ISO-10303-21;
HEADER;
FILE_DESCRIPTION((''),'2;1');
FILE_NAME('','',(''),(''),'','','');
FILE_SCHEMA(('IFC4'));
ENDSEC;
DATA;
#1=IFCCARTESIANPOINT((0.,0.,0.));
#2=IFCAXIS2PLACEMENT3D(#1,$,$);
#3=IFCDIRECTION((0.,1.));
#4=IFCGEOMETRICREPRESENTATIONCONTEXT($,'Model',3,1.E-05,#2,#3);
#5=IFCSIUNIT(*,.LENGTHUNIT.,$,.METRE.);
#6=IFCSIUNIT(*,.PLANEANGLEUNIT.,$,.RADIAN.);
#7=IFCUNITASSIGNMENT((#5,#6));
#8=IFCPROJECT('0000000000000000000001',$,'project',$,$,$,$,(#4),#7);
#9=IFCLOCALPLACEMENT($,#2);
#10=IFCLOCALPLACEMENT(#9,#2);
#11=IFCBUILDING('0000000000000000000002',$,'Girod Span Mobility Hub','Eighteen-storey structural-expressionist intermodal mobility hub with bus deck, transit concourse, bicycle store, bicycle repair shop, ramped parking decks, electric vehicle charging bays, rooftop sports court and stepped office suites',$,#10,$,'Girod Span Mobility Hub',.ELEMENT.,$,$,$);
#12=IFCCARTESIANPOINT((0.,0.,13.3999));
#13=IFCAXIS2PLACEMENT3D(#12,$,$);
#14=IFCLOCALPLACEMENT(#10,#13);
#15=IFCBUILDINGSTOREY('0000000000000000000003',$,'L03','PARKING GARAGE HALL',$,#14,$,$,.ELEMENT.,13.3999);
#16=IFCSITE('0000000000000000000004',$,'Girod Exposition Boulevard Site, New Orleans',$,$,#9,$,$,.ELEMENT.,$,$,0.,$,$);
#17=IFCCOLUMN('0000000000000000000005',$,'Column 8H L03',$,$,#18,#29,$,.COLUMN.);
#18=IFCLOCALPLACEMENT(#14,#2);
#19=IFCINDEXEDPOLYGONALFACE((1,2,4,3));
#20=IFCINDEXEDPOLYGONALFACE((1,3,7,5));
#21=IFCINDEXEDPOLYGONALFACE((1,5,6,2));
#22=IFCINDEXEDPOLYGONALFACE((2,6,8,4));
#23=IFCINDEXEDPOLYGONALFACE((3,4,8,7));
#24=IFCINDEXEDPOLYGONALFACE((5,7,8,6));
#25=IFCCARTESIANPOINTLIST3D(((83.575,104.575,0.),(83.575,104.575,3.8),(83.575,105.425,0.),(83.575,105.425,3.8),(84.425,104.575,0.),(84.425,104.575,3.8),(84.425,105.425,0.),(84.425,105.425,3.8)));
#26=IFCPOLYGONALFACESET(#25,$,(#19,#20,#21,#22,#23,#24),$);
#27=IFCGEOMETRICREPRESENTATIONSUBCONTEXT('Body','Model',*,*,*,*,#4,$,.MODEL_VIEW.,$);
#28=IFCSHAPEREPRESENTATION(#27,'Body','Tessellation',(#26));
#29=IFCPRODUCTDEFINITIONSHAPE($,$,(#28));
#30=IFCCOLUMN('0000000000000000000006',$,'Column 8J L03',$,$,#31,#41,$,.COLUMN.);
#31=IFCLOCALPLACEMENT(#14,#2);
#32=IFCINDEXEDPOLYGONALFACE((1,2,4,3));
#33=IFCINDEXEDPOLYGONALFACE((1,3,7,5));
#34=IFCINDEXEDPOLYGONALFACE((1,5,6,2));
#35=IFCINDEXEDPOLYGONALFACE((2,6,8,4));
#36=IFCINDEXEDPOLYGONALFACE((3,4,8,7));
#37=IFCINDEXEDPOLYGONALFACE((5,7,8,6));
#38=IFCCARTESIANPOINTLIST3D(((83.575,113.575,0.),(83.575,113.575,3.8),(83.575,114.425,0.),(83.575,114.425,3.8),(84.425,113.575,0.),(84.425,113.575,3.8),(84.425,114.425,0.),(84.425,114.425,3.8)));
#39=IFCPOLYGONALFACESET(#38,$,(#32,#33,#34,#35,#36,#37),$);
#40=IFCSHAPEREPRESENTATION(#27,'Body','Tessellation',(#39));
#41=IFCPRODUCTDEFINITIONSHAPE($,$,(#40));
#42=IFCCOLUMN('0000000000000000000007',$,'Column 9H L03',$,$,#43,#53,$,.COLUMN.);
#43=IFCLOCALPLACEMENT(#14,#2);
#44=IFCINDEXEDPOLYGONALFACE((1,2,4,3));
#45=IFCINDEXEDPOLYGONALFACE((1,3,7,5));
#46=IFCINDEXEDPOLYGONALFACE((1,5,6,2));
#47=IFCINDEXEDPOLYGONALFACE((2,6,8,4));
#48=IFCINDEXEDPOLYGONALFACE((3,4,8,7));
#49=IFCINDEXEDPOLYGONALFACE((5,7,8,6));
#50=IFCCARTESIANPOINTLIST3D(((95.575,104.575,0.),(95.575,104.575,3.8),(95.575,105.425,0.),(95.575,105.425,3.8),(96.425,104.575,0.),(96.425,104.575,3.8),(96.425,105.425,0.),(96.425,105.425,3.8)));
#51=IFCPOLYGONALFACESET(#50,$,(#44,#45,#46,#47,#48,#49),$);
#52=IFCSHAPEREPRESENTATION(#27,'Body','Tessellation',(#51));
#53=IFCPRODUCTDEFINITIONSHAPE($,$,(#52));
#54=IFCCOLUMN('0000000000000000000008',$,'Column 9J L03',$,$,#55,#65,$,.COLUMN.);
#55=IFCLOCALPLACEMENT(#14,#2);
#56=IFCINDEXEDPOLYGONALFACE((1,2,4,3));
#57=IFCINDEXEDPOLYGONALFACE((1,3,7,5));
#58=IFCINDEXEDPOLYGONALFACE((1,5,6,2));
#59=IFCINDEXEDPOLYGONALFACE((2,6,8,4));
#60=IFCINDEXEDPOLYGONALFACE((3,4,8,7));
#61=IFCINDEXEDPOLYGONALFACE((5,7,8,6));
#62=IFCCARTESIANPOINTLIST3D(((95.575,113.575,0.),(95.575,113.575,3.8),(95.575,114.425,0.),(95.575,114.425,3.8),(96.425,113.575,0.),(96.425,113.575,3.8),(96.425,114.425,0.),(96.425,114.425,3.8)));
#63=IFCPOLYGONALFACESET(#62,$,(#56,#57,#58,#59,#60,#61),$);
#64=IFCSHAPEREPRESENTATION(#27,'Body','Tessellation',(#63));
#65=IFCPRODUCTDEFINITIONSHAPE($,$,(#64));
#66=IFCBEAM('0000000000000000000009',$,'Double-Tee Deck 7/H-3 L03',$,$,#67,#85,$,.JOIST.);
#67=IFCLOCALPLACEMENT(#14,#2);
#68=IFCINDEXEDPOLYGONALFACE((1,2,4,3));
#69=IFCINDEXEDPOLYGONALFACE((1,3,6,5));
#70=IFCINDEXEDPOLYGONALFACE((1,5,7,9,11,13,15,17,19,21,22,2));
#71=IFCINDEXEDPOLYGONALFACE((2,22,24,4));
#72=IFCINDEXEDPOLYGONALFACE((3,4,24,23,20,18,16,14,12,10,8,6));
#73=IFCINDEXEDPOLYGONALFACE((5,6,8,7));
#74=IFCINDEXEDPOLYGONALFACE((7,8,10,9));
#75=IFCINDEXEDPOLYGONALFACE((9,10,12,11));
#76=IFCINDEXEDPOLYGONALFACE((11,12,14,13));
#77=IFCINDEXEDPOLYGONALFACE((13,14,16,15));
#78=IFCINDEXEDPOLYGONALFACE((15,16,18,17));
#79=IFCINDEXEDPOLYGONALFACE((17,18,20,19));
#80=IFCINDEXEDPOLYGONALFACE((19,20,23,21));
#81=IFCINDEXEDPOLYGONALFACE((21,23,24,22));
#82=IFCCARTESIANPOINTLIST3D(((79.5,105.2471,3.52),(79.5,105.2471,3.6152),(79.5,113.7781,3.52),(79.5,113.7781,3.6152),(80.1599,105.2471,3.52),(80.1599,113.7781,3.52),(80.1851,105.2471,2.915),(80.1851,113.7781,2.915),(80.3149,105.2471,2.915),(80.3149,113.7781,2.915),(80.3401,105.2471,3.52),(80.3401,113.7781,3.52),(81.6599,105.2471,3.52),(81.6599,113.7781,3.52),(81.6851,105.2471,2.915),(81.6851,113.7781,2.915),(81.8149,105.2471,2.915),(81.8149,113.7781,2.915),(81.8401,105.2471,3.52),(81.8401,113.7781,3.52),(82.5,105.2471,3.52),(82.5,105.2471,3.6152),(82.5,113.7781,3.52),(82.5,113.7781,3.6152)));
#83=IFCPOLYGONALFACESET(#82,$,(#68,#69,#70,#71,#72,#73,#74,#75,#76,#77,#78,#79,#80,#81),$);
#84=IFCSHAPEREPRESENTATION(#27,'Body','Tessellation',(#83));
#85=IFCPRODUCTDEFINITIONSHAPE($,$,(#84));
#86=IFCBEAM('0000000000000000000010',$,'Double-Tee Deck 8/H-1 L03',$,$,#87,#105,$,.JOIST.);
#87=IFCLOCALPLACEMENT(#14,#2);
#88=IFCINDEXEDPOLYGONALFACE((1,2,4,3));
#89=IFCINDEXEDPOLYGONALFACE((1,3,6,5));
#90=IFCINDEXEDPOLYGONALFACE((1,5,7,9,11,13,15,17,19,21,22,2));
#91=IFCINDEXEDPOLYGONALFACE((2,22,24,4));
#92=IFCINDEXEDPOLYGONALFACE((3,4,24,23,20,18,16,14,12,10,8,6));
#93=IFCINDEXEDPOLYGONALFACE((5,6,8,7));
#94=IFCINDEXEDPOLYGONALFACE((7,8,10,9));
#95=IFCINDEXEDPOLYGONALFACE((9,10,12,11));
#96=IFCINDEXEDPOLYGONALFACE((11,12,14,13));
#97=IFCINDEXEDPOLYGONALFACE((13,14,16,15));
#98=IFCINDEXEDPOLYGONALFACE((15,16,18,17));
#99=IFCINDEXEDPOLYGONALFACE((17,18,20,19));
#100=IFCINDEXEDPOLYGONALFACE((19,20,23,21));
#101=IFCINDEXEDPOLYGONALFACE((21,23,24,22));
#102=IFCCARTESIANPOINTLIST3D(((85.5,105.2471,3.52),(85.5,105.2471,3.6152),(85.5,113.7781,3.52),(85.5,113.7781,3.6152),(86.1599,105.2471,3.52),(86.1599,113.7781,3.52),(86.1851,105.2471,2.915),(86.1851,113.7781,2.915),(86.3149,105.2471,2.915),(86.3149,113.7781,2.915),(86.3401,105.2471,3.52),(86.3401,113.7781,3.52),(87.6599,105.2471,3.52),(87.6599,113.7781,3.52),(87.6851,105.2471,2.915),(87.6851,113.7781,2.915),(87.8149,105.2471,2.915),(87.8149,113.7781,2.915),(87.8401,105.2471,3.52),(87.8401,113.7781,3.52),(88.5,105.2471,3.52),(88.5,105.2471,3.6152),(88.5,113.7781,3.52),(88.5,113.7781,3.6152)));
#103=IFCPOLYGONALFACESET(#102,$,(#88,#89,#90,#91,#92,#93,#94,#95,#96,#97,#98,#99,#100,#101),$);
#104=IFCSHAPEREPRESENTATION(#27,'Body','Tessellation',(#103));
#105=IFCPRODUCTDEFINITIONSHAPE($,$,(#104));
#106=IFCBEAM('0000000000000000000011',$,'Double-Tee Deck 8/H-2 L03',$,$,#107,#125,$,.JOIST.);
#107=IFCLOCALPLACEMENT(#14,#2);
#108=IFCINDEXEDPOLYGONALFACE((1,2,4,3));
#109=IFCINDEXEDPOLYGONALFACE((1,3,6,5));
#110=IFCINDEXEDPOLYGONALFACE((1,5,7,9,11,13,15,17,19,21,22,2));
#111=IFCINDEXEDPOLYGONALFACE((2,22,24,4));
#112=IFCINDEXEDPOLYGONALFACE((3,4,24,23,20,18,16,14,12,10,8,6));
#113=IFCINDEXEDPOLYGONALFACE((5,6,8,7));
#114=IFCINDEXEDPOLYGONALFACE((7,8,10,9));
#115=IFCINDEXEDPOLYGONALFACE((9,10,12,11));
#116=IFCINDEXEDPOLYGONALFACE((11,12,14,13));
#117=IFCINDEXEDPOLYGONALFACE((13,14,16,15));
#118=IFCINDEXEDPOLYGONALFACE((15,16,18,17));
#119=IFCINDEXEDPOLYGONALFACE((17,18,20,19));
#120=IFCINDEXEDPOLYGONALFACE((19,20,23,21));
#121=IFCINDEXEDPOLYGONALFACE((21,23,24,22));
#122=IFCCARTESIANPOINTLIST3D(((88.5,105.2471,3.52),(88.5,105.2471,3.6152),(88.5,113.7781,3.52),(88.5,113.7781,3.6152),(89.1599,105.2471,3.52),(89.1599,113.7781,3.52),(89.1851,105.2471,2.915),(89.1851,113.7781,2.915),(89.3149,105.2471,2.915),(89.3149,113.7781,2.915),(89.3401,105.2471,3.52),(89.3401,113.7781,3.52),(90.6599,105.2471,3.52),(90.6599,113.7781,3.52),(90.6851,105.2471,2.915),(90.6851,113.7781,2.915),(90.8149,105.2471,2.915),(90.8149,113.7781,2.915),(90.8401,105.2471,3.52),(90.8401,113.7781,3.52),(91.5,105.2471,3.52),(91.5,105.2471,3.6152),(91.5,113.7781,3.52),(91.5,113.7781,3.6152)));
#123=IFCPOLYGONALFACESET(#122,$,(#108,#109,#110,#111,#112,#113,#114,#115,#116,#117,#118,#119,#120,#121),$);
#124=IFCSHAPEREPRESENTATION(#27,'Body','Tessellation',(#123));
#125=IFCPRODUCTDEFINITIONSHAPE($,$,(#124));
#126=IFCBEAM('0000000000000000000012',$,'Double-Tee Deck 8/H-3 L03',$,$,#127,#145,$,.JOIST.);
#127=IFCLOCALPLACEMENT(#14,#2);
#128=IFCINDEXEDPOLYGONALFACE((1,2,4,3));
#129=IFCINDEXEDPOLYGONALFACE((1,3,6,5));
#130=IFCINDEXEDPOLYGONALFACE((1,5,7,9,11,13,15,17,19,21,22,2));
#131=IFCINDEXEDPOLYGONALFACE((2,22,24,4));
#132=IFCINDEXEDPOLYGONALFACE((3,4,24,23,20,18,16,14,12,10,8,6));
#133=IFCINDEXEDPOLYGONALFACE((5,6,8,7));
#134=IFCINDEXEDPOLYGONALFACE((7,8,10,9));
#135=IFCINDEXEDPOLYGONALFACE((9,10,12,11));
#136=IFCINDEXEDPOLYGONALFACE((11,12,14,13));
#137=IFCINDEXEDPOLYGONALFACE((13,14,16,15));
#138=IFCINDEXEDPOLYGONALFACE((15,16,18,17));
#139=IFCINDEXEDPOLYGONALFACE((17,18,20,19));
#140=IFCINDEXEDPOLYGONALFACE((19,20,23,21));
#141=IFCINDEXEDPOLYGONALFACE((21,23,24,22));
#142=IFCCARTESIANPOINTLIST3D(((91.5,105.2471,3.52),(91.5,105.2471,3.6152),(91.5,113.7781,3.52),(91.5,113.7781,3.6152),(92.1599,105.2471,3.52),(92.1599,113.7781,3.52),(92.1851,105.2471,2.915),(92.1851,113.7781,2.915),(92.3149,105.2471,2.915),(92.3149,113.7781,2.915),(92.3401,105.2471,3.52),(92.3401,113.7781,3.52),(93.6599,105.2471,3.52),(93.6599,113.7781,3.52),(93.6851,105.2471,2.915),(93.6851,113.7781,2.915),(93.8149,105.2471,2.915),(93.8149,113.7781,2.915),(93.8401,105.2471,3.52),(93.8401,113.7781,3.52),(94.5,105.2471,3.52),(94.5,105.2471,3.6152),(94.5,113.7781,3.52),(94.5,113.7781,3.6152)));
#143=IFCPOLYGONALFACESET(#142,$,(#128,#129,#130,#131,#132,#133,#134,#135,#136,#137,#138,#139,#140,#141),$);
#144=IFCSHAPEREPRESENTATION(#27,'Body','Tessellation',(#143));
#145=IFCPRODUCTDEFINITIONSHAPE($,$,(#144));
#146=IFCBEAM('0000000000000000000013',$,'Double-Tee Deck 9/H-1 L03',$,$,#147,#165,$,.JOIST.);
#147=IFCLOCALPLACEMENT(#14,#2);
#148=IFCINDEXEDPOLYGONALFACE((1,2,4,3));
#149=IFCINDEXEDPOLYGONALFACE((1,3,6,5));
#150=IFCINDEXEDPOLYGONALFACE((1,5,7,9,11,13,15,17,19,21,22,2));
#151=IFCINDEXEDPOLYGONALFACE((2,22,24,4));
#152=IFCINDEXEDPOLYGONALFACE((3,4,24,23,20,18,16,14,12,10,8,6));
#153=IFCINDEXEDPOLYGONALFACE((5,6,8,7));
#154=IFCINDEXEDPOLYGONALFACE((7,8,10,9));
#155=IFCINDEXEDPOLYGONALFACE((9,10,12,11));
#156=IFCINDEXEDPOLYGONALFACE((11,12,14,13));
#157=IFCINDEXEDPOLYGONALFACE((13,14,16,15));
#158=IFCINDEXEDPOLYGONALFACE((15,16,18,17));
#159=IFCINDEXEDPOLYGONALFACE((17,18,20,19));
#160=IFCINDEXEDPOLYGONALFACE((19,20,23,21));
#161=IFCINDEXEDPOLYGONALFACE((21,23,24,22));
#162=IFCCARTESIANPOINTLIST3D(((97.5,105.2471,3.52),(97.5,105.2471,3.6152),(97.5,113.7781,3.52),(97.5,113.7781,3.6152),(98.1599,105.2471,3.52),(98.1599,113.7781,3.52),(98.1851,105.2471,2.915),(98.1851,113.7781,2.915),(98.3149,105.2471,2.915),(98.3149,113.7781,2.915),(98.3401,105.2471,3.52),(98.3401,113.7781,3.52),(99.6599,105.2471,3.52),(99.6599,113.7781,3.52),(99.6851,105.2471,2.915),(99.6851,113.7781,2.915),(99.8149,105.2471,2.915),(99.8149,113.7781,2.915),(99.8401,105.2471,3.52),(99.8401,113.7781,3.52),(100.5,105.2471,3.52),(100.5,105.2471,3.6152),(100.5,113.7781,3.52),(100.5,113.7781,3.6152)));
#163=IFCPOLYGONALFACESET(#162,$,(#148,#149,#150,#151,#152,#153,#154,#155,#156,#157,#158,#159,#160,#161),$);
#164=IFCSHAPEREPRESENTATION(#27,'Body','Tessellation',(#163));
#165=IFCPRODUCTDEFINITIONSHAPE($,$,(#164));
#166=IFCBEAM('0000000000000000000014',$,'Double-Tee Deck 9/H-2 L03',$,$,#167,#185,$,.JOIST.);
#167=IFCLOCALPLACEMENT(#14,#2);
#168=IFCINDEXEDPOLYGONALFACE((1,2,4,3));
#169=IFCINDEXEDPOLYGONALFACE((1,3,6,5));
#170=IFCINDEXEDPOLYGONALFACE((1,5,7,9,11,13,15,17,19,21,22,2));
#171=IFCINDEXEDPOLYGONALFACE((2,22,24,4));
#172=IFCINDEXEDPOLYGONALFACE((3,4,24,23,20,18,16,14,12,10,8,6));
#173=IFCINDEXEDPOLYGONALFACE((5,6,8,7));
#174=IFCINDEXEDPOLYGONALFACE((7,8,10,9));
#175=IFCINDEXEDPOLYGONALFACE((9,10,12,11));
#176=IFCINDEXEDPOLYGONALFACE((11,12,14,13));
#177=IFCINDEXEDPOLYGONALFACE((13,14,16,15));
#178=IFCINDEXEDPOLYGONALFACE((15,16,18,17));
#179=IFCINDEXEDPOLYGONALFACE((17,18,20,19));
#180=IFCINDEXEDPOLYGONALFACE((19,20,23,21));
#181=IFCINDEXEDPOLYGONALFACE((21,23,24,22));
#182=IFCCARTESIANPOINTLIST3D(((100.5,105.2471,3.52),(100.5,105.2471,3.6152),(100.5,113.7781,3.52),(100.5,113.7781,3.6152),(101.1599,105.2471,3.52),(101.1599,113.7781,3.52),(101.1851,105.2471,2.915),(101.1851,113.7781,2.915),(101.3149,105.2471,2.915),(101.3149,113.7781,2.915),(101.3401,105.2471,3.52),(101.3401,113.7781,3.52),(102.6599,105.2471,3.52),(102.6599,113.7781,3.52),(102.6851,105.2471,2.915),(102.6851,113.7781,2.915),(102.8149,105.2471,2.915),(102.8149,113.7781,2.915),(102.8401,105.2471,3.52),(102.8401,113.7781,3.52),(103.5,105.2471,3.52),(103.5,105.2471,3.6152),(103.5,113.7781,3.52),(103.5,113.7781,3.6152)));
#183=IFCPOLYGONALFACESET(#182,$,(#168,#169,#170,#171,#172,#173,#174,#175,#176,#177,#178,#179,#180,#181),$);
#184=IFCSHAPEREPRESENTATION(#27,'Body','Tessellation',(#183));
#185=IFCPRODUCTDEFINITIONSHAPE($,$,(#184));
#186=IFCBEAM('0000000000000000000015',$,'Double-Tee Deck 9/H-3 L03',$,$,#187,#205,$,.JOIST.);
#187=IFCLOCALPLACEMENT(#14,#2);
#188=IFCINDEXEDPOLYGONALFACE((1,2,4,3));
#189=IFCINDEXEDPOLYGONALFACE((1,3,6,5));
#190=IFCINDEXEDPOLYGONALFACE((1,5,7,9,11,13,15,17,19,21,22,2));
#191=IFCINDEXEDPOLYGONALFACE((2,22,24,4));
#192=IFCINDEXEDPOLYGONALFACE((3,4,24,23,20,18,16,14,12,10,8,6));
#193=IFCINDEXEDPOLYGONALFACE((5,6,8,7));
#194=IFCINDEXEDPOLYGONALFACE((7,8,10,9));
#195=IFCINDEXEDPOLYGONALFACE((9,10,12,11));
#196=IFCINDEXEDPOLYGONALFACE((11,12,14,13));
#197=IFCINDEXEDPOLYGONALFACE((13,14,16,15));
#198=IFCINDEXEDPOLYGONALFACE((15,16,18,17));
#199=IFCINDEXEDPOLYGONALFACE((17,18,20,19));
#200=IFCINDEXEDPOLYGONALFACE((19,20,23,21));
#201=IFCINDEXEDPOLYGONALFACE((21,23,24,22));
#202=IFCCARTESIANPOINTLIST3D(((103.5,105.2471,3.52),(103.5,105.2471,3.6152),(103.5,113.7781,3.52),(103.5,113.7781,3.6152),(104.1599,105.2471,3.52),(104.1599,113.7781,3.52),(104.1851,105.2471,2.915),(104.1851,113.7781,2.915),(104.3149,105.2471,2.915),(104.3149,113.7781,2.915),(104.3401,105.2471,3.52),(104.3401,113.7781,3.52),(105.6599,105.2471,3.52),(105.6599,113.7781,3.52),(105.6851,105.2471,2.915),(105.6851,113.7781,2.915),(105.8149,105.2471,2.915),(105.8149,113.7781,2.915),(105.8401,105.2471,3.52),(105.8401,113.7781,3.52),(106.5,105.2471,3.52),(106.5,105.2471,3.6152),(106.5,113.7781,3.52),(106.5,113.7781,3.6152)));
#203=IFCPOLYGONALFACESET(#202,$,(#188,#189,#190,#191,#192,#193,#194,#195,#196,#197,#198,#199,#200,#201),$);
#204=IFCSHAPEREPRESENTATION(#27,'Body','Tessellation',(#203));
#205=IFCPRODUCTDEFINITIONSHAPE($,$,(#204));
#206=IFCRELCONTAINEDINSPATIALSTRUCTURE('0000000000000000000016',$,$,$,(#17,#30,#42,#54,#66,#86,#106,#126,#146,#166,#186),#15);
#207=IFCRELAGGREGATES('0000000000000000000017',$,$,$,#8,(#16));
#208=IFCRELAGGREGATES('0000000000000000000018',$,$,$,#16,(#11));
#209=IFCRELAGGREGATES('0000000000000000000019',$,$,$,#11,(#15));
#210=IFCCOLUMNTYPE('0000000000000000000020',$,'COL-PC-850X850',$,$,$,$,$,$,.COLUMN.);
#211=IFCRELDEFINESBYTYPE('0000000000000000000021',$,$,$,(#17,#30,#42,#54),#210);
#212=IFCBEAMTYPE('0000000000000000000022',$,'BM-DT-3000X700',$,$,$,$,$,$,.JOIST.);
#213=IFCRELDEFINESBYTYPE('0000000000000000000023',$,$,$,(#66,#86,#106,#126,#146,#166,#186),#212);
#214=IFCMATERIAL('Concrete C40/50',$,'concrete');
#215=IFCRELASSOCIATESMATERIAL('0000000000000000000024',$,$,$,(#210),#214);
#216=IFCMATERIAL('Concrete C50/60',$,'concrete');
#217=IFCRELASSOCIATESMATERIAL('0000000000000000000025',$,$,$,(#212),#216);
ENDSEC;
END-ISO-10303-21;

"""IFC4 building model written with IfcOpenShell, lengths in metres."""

from ifc_helpers import new_model, si_unit, direction, frame, origin, origin_2d, place, context, subcontext, project, spatial, polyline, rectangle, outline, extrude, material, material_profile, profile_set, type_object, element, save


model = new_model("IFC4")

# Units and contexts
model_context = context("Model", 3, precision=1e-05, world=origin(), true_north=direction((0.0, 1.0)))
body_context = subcontext(model_context, "Body", "Model", "MODEL_VIEW")
ifc_project = project(units=[si_unit("LENGTHUNIT", "METRE"), si_unit("PLANEANGLEUNIT", "RADIAN")], contexts=[model_context])

# Site, building, storey
site_placement = place(None, origin())
site = spatial("IfcSite", under=ifc_project, at=site_placement, Name="Girod Exposition Boulevard Site, New Orleans", CompositionType="ELEMENT", RefElevation=0.0)
building_placement = place(site_placement, origin())
building = spatial("IfcBuilding", under=site, at=building_placement, Name="Girod Span Mobility Hub", Description="Eighteen-storey structural-expressionist intermodal mobility hub with bus deck, transit concourse, bicycle store, bicycle repair shop, ramped parking decks, electric vehicle charging bays, rooftop sports court and stepped office suites", LongName="Girod Span Mobility Hub", CompositionType="ELEMENT")
storey_placement = place(building_placement, frame((0.0, 0.0, 13.3999)))
storey = spatial("IfcBuildingStorey", under=building, at=storey_placement, Name="L03", Description="PARKING GARAGE HALL", CompositionType="ELEMENT", Elevation=13.3999)

# Columns
ifc_material_1 = material(Name="Concrete C40/50", Category="concrete")
ifc_material_profile_1 = material_profile(ifc_material_1, rectangle(XDim=0.8501, YDim=0.8501, at=origin_2d()), Name="PC-COL-850X850")
ifc_profile_set_1 = profile_set([ifc_material_profile_1], Name="Concrete C40/50")
column_type = type_object("IfcColumnType", Name="COL-PC-850X850", PredefinedType="COLUMN", material=ifc_profile_set_1)
for number, where, z_axis, x_axis, name in (
    (1, (84.0, 105.0, 0.0), (0.0, 0.0, 1.0), (1.0, 0.0, 0.0), "Column 8H L03"),
    (2, (84.0, 114.0, 0.0), (0.0, 0.0, 1.0), (1.0, 0.0, 0.0), "Column 8J L03"),
    (3, (96.0, 105.0, 0.0), (0.0, 0.0, 1.0), (1.0, 0.0, 0.0), "Column 9H L03"),
    (4, (96.0, 114.0, 0.0), (0.0, 0.0, 1.0), (1.0, 0.0, 0.0), "Column 9J L03"),
):
    element("IfcColumn", number, at=place(storey_placement, frame(where, z_axis=z_axis, x_axis=x_axis)), inside=storey, type_object=column_type, Name=name, PredefinedType="COLUMN", context=body_context, shape_type="SweptSolid", body=[
        extrude(rectangle(XDim=0.8501, YDim=0.8501, at=origin_2d()), origin(), (0.0, 0.0, 1.0), 3.8),
    ])

# Beams
ifc_material_2 = material(Name="Concrete C50/60", Category="concrete")
ifc_material_profile_2 = material_profile(ifc_material_2, outline(polyline([(-1.5, 0.3501), (-1.5, 0.2549), (-0.8401, 0.2549), (-0.8149, -0.3501), (-0.6851, -0.3501), (-0.6599, 0.2549), (0.6599, 0.2549), (0.6851, -0.3501), (0.8149, -0.3501), (0.8401, 0.2549), (1.5, 0.2549), (1.5, 0.3501), (-1.5, 0.3501)])), Name="DT-3000X700")
ifc_profile_set_2 = profile_set([ifc_material_profile_2], Name="Concrete C50/60")
beam_type_1 = type_object("IfcBeamType", Name="BM-DT-3000X700", PredefinedType="JOIST", material=ifc_profile_set_2)
for number, where, z_axis, x_axis, name in (
    (5, (81.0, 105.2471, 3.2651), (0.0, 1.0, 0.0), (-1.0, 0.0, 0.0), "Double-Tee Deck 7/H-3 L03"),
    (6, (87.0, 105.2471, 3.2651), (0.0, 1.0, 0.0), (-1.0, 0.0, 0.0), "Double-Tee Deck 8/H-1 L03"),
    (7, (90.0, 105.2471, 3.2651), (0.0, 1.0, 0.0), (-1.0, 0.0, 0.0), "Double-Tee Deck 8/H-2 L03"),
    (8, (93.0, 105.2471, 3.2651), (0.0, 1.0, 0.0), (-1.0, 0.0, 0.0), "Double-Tee Deck 8/H-3 L03"),
    (9, (99.0, 105.2471, 3.2651), (0.0, 1.0, 0.0), (-1.0, 0.0, 0.0), "Double-Tee Deck 9/H-1 L03"),
    (10, (102.0, 105.2471, 3.2651), (0.0, 1.0, 0.0), (-1.0, 0.0, 0.0), "Double-Tee Deck 9/H-2 L03"),
    (11, (105.0, 105.2471, 3.2651), (0.0, 1.0, 0.0), (-1.0, 0.0, 0.0), "Double-Tee Deck 9/H-3 L03"),
):
    element("IfcBeam", number, at=place(storey_placement, frame(where, z_axis=z_axis, x_axis=x_axis)), inside=storey, type_object=beam_type_1, Name=name, PredefinedType="JOIST", context=body_context, shape_type="SweptSolid", body=[
        extrude(outline(polyline([(-1.5, 0.3501), (-1.5, 0.2549), (-0.8401, 0.2549), (-0.8149, -0.3501), (-0.6851, -0.3501), (-0.6599, 0.2549), (0.6599, 0.2549), (0.6851, -0.3501), (0.8149, -0.3501), (0.8401, 0.2549), (1.5, 0.2549), (1.5, 0.3501), (-1.5, 0.3501)])), origin(), (0.0, 0.0, 1.0), 8.531),
    ])

save(model, "model.ifc")
